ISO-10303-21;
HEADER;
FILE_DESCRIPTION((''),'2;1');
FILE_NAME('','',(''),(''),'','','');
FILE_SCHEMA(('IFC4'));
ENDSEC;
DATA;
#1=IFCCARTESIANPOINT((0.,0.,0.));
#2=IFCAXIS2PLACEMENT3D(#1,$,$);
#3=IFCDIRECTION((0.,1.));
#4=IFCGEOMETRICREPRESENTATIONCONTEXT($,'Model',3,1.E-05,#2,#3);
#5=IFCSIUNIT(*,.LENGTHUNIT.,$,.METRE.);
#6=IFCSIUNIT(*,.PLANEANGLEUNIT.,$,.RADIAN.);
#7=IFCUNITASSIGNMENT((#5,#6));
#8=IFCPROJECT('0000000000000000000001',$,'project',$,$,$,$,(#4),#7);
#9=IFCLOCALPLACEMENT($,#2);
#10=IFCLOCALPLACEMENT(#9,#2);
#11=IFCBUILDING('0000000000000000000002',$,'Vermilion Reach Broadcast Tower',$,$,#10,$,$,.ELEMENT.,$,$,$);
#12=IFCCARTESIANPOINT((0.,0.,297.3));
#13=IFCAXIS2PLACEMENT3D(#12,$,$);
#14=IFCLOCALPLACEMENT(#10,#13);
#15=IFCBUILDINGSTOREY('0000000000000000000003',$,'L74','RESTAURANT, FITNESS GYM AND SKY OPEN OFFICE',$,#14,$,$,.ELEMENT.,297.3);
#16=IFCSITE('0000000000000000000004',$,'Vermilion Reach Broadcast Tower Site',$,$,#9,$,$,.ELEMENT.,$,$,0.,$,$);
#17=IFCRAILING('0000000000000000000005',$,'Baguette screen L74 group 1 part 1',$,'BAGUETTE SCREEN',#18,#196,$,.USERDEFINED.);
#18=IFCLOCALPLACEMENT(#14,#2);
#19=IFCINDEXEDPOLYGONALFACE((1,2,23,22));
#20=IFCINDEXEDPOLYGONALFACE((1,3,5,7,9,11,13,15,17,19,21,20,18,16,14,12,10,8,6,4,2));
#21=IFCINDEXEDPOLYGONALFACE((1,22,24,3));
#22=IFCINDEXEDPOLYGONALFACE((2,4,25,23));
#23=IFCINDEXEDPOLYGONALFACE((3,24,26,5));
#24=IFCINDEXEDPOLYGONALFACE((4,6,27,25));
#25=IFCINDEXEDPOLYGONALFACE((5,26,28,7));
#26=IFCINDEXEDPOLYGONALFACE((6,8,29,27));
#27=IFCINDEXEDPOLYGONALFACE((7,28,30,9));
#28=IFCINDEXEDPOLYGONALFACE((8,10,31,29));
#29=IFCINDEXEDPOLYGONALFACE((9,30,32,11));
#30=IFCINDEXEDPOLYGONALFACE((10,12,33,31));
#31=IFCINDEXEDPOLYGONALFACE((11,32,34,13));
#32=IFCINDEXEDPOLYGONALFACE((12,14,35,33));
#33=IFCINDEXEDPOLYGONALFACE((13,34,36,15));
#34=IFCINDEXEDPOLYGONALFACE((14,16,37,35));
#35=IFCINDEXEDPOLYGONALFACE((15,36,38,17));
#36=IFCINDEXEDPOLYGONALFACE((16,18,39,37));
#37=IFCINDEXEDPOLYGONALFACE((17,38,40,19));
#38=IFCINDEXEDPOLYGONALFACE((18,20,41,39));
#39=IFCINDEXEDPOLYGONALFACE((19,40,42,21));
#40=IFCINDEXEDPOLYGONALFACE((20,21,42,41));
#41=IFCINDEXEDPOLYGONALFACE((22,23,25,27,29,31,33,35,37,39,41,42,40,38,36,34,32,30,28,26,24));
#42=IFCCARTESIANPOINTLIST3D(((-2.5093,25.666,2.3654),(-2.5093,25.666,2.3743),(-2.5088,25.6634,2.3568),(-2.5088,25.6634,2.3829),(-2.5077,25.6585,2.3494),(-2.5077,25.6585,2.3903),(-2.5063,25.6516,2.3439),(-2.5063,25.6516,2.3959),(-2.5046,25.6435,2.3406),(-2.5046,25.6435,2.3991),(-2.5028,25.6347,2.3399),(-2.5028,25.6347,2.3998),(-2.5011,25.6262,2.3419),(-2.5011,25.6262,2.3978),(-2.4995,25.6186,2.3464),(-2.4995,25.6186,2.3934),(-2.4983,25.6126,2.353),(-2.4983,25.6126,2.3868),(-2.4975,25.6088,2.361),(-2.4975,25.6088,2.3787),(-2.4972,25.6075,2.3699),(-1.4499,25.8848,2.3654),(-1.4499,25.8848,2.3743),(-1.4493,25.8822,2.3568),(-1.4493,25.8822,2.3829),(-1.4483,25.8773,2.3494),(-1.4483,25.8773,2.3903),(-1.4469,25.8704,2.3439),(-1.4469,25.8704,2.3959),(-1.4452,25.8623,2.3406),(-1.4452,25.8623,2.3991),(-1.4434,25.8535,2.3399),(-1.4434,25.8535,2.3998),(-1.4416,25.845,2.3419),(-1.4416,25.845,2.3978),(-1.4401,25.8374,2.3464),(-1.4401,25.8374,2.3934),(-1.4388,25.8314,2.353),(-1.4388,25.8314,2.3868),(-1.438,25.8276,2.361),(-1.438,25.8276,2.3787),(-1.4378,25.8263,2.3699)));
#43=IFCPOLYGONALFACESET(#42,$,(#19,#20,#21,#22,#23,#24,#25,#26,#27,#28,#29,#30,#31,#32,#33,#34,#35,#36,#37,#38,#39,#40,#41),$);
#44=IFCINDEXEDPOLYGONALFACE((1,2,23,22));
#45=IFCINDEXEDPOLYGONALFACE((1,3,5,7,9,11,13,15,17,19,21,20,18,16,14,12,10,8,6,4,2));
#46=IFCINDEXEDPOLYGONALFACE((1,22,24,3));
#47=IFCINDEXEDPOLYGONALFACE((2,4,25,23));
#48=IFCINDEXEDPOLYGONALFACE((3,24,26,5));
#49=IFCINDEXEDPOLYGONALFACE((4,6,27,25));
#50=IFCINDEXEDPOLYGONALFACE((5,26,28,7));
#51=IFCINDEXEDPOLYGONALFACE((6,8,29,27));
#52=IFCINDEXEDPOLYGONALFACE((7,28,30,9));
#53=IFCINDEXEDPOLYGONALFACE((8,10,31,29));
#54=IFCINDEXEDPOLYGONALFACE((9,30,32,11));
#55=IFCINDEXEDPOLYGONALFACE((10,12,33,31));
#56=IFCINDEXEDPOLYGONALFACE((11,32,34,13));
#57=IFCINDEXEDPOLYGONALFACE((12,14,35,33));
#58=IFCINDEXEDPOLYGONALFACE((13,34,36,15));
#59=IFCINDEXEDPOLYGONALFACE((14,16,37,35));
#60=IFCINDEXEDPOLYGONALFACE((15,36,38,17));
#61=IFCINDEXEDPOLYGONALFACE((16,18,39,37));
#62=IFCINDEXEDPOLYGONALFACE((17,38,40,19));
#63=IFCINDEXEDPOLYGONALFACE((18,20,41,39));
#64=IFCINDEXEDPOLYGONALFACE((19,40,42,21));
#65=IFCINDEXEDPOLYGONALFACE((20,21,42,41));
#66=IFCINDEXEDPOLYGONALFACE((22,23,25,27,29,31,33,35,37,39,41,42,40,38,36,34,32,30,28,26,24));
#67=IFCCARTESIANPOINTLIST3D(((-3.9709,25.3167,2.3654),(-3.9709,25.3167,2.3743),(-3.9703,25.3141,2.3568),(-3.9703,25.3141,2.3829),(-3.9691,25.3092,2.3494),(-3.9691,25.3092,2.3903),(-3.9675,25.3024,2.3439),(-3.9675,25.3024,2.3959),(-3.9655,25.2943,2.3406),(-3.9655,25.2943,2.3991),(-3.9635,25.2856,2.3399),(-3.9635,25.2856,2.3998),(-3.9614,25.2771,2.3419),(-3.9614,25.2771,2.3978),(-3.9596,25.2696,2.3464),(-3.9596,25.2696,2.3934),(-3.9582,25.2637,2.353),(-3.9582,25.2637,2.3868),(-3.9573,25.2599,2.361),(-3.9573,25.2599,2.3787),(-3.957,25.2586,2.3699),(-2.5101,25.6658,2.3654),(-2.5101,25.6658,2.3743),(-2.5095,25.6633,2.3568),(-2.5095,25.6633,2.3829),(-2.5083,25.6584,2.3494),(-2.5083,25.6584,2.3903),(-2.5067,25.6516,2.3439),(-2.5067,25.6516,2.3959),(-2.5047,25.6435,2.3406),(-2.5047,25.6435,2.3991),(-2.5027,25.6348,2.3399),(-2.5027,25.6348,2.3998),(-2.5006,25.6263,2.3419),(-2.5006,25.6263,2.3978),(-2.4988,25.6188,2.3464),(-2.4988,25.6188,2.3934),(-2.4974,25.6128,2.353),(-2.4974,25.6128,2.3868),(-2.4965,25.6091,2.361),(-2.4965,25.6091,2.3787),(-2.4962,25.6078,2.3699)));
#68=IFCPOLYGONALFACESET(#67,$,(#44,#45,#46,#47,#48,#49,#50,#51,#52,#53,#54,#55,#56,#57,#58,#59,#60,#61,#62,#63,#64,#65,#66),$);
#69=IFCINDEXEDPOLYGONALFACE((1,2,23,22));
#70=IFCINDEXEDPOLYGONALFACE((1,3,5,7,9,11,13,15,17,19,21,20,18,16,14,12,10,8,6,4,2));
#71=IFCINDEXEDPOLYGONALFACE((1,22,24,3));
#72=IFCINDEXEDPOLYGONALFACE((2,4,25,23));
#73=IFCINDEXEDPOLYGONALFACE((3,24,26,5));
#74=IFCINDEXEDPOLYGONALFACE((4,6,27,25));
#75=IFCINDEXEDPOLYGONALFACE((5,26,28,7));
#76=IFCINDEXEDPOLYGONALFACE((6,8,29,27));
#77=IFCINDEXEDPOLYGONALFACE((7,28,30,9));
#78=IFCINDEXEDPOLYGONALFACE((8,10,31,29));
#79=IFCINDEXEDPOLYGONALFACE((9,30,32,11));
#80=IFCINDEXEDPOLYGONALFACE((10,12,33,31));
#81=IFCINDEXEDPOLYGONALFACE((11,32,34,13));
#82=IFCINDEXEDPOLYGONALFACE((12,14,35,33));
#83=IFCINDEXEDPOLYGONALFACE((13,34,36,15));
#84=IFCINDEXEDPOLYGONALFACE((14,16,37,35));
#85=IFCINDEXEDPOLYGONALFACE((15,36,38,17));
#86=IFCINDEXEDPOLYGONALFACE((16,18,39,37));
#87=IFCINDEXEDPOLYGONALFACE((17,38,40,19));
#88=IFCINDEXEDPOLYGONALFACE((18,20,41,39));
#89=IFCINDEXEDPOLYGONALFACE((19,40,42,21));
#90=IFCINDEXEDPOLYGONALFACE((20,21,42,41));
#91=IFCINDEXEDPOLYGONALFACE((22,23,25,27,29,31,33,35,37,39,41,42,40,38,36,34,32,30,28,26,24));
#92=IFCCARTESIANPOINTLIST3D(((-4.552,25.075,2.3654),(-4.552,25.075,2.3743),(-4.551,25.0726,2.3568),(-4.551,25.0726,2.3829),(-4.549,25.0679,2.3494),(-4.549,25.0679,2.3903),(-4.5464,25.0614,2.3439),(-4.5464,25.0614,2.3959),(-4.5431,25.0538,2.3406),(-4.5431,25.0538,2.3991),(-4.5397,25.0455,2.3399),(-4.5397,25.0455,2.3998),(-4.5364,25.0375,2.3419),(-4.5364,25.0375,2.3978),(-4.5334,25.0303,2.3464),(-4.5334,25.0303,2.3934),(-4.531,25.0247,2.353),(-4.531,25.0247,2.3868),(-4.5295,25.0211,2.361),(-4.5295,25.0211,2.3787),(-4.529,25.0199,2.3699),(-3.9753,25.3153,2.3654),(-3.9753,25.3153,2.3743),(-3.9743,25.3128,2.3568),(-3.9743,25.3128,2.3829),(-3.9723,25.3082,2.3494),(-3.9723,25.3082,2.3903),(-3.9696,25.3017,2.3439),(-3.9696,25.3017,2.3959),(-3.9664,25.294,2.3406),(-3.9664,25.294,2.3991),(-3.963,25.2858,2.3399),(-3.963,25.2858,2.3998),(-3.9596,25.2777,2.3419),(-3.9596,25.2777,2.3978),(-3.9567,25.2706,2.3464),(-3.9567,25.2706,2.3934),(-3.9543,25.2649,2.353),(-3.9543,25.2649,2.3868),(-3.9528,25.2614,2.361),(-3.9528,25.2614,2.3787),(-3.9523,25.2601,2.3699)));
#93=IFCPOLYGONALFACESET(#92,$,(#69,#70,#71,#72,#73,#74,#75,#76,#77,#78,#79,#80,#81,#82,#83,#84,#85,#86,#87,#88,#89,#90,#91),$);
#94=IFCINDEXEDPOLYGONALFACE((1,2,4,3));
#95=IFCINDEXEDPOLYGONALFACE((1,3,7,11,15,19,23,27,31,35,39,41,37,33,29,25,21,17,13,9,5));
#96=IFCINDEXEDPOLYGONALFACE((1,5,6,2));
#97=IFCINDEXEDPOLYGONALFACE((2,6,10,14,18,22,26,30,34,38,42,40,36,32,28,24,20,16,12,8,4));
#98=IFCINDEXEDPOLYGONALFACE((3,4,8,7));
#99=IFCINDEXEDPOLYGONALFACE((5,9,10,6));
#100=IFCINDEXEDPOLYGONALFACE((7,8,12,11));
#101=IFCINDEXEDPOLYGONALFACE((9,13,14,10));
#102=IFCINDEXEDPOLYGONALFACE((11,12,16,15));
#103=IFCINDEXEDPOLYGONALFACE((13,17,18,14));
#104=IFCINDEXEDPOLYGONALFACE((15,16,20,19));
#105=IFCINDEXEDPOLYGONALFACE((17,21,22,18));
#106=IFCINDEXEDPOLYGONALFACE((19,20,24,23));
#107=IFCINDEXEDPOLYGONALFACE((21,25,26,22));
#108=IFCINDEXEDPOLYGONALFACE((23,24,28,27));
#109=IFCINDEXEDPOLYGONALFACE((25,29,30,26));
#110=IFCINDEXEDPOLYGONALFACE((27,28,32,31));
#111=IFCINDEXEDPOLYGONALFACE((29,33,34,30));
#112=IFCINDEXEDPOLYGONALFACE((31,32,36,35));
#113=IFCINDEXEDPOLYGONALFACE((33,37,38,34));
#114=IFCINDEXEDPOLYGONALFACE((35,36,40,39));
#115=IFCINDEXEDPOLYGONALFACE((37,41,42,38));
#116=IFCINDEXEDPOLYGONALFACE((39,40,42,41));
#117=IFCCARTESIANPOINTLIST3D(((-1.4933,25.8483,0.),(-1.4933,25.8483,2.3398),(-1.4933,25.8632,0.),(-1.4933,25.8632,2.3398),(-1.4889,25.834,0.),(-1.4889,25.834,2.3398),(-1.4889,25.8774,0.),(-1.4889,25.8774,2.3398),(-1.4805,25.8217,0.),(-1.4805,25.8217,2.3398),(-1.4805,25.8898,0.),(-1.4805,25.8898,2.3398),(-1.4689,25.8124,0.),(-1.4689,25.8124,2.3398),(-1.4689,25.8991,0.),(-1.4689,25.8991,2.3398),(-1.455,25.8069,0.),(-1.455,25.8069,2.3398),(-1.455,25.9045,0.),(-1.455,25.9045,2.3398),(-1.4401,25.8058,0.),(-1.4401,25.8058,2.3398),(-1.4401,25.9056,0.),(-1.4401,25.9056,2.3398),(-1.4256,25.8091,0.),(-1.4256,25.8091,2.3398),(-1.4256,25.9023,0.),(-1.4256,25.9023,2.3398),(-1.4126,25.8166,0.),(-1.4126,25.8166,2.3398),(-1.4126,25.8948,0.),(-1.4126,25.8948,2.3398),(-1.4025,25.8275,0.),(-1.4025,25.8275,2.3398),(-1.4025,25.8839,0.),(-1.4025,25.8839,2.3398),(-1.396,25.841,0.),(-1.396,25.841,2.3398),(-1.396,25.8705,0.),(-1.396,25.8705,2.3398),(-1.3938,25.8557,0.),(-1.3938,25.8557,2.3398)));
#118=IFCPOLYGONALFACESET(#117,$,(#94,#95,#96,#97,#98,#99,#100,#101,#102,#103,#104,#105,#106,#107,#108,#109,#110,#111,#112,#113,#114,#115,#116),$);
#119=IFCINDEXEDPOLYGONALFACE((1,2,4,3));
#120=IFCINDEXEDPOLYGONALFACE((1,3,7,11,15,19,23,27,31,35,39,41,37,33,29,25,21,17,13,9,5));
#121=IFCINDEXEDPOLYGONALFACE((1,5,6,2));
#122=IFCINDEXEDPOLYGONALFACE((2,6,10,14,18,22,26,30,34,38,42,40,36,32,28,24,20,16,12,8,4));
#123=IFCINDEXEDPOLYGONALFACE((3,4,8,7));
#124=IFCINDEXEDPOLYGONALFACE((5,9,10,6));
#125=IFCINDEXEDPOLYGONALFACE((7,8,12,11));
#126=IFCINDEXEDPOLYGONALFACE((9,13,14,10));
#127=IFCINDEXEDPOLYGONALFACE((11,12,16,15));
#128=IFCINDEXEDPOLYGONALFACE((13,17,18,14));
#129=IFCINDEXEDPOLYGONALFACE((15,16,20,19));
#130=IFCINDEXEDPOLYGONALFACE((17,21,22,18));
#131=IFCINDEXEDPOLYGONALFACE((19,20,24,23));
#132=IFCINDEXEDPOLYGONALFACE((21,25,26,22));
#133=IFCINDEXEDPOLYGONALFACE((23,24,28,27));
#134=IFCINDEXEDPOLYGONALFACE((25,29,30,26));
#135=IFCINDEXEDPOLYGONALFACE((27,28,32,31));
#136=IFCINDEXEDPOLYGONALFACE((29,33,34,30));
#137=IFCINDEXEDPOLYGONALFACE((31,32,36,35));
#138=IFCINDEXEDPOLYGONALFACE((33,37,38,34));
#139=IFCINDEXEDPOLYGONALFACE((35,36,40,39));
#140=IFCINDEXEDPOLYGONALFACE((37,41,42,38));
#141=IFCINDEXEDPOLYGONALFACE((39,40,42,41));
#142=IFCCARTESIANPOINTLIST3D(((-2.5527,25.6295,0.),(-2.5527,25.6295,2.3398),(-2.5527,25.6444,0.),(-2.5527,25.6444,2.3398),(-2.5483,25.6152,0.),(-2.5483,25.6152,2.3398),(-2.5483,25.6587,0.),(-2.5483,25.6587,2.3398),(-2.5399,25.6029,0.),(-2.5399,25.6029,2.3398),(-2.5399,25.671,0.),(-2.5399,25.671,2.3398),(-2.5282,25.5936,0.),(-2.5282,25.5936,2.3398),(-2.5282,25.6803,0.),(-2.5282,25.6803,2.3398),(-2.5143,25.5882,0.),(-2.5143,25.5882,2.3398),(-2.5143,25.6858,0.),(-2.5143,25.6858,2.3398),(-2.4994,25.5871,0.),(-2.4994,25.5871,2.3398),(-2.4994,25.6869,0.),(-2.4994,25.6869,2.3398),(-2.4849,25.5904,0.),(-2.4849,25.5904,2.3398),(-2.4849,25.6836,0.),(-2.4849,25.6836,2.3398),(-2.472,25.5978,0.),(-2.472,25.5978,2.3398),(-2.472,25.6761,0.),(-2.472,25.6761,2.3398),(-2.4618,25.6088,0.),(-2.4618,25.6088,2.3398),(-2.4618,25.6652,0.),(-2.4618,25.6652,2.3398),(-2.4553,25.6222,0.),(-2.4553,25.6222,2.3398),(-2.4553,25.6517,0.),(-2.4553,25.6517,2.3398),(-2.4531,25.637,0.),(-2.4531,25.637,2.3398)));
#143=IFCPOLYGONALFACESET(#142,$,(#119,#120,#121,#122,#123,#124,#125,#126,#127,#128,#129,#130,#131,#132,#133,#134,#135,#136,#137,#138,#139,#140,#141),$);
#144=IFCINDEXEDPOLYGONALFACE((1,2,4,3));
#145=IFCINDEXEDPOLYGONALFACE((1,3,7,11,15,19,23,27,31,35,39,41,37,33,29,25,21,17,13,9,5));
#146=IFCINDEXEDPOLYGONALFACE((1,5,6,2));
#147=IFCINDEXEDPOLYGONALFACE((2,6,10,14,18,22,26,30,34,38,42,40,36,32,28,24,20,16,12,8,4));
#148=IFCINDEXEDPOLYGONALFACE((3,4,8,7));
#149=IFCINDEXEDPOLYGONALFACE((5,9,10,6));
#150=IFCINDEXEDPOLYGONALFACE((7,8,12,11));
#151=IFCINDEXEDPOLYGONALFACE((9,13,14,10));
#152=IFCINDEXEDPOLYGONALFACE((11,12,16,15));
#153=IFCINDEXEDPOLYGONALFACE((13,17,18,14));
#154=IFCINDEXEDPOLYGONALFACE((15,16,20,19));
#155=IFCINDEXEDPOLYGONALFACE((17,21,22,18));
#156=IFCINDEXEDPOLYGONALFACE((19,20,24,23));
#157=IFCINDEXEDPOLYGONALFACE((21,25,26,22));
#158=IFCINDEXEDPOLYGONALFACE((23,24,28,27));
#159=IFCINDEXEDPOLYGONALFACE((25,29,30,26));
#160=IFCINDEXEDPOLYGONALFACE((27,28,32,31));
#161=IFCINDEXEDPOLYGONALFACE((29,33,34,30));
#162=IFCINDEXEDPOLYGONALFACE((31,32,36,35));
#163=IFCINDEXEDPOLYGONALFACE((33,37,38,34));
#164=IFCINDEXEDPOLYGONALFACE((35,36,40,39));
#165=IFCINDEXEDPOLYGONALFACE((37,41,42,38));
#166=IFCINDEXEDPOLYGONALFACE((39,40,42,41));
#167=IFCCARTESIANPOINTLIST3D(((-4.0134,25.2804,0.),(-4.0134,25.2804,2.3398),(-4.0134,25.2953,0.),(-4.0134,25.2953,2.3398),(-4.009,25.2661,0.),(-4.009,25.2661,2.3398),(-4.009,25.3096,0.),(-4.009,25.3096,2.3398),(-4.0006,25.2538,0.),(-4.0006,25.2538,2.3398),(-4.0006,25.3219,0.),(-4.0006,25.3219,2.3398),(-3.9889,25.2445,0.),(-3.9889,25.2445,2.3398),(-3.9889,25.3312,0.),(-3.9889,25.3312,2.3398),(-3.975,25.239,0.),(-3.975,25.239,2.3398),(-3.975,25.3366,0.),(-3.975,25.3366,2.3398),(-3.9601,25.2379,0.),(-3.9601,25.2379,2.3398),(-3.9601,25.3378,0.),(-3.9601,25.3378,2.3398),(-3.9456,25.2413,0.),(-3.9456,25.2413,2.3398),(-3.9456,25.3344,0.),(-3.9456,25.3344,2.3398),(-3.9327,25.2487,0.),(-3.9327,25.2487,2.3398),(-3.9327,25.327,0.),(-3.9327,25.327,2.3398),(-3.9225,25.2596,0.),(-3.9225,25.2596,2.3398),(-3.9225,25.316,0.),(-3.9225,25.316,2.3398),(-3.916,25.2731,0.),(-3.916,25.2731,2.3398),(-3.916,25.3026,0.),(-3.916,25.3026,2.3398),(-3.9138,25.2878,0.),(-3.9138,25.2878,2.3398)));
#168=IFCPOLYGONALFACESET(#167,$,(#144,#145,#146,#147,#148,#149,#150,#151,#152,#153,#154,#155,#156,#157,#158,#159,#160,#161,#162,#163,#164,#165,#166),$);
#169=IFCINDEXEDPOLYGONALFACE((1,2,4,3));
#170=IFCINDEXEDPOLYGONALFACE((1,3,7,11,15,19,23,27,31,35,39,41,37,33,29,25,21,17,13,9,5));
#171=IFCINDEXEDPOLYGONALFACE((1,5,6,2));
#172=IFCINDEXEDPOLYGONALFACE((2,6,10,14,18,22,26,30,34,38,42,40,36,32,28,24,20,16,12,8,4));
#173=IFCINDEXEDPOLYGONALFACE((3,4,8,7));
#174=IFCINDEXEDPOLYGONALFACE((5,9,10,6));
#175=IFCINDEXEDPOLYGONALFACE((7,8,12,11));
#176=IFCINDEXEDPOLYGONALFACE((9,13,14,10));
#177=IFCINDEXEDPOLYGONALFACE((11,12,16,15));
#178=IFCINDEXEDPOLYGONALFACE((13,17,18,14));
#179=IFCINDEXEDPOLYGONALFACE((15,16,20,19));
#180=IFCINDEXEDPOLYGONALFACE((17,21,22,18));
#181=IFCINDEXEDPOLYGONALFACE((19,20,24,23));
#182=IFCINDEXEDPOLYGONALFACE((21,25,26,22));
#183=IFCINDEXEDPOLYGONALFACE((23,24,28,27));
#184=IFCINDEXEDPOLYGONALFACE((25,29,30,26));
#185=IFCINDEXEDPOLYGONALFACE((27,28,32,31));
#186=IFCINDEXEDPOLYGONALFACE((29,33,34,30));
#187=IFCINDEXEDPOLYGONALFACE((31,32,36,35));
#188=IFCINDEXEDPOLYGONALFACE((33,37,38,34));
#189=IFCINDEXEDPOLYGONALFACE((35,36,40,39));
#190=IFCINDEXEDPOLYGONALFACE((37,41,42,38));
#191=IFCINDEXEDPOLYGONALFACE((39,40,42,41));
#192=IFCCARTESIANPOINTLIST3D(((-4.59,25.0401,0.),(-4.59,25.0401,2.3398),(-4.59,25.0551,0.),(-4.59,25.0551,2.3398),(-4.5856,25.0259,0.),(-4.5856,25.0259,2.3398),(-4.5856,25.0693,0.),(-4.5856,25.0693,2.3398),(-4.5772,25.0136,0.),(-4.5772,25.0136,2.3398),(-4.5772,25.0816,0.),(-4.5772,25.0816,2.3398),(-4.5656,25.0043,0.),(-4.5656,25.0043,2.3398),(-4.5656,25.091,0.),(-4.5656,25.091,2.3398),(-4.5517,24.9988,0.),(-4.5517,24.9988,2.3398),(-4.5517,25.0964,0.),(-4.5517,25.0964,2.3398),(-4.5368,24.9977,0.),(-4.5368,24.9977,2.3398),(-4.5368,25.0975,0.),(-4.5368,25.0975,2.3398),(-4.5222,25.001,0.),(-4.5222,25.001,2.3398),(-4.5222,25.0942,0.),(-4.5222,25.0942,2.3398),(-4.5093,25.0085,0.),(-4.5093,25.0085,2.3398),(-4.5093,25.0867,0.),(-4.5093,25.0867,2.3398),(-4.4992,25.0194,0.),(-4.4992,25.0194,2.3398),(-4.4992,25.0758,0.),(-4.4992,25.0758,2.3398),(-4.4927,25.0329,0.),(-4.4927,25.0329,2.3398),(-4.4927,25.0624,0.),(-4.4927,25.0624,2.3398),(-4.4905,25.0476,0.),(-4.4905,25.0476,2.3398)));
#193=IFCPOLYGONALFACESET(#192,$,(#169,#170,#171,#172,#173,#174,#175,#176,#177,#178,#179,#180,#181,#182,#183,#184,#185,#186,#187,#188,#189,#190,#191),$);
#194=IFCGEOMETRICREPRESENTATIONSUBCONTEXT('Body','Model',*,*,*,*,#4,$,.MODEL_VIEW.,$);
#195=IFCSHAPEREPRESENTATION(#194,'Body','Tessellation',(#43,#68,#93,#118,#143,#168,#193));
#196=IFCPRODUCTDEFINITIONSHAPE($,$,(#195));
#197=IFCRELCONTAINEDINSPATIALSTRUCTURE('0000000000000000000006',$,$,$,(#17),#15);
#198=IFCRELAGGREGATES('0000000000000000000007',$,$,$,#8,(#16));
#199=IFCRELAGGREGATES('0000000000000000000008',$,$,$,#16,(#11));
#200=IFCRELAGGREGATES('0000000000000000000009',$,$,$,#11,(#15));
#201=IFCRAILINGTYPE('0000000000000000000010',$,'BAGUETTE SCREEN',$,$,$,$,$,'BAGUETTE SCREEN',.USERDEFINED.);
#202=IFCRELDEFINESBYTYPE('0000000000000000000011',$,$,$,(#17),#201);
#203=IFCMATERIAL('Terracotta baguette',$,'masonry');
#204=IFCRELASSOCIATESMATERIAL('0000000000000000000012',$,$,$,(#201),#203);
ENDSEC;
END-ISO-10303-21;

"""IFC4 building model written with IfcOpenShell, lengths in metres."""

from ifc_helpers import new_model, si_unit, direction, frame, origin, origin_2d, place, context, subcontext, project, spatial, circle, extrude, material, type_object, element, save


model = new_model("IFC4")

# Units and contexts
model_context = context("Model", 3, precision=1e-05, world=origin(), true_north=direction((0.0, 1.0)))
body_context = subcontext(model_context, "Body", "Model", "MODEL_VIEW")
ifc_project = project(units=[si_unit("LENGTHUNIT", "METRE"), si_unit("PLANEANGLEUNIT", "RADIAN")], contexts=[model_context])

# Site, building, storey
site_placement = place(None, origin())
site = spatial("IfcSite", under=ifc_project, at=site_placement, Name="Vermilion Reach Broadcast Tower Site", CompositionType="ELEMENT", RefElevation=0.0)
building_placement = place(site_placement, origin())
building = spatial("IfcBuilding", under=site, at=building_placement, Name="Vermilion Reach Broadcast Tower", CompositionType="ELEMENT")
storey_placement = place(building_placement, frame((0.0, 0.0, 297.3)))
storey = spatial("IfcBuildingStorey", under=building, at=storey_placement, Name="L74", Description="RESTAURANT, FITNESS GYM AND SKY OPEN OFFICE", CompositionType="ELEMENT", Elevation=297.3)

# Railing
ifc_material_1 = material(Name="Terracotta baguette", Category="masonry")
railing_type_1 = type_object("IfcRailingType", Name="BAGUETTE SCREEN", ElementType="BAGUETTE SCREEN", PredefinedType="USERDEFINED", material=ifc_material_1)
railing_1_placement = place(storey_placement, frame((-1.4438, 25.8557, 0.0)))
element("IfcRailing", 1, at=railing_1_placement, inside=storey, type_object=railing_type_1, Name="Baguette screen L74 group 1 part 1", ObjectType="BAGUETTE SCREEN", PredefinedType="USERDEFINED", context=body_context, shape_type="SweptSolid", body=[
    extrude(circle(Radius=0.03, at=origin_2d()), frame((0.0, 0.0, 2.3699), z_axis=(-0.979338, -0.202232, 0.0), x_axis=(0.202232, -0.979338, 0.0)), (0.0, 0.0, 1.0), 1.0818),
    extrude(circle(Radius=0.03, at=origin_2d()), frame((-1.0593, -0.2188, 2.3699), z_axis=(-0.972605, -0.232463, 0.0), x_axis=(0.232463, -0.972605, 0.0)), (0.0, 0.0, 1.0), 1.502),
    extrude(circle(Radius=0.03, at=origin_2d()), frame((-2.52, -0.5679, 2.3699), z_axis=(-0.9231, -0.38456, 0.0), x_axis=(0.38456, -0.9231, 0.0)), (0.0, 0.0, 1.0), 0.6248),
    extrude(circle(Radius=0.05, at=origin_2d()), origin(), (0.0, 0.0, 1.0), 2.3398),
    extrude(circle(Radius=0.05, at=origin_2d()), frame((-1.0593, -0.2188, 0.0)), (0.0, 0.0, 1.0), 2.3398),
    extrude(circle(Radius=0.05, at=origin_2d()), frame((-2.52, -0.5679, 0.0)), (0.0, 0.0, 1.0), 2.3398),
    extrude(circle(Radius=0.05, at=origin_2d()), frame((-3.0967, -0.8081, 0.0)), (0.0, 0.0, 1.0), 2.3398),
])

save(model, "model.ifc")
